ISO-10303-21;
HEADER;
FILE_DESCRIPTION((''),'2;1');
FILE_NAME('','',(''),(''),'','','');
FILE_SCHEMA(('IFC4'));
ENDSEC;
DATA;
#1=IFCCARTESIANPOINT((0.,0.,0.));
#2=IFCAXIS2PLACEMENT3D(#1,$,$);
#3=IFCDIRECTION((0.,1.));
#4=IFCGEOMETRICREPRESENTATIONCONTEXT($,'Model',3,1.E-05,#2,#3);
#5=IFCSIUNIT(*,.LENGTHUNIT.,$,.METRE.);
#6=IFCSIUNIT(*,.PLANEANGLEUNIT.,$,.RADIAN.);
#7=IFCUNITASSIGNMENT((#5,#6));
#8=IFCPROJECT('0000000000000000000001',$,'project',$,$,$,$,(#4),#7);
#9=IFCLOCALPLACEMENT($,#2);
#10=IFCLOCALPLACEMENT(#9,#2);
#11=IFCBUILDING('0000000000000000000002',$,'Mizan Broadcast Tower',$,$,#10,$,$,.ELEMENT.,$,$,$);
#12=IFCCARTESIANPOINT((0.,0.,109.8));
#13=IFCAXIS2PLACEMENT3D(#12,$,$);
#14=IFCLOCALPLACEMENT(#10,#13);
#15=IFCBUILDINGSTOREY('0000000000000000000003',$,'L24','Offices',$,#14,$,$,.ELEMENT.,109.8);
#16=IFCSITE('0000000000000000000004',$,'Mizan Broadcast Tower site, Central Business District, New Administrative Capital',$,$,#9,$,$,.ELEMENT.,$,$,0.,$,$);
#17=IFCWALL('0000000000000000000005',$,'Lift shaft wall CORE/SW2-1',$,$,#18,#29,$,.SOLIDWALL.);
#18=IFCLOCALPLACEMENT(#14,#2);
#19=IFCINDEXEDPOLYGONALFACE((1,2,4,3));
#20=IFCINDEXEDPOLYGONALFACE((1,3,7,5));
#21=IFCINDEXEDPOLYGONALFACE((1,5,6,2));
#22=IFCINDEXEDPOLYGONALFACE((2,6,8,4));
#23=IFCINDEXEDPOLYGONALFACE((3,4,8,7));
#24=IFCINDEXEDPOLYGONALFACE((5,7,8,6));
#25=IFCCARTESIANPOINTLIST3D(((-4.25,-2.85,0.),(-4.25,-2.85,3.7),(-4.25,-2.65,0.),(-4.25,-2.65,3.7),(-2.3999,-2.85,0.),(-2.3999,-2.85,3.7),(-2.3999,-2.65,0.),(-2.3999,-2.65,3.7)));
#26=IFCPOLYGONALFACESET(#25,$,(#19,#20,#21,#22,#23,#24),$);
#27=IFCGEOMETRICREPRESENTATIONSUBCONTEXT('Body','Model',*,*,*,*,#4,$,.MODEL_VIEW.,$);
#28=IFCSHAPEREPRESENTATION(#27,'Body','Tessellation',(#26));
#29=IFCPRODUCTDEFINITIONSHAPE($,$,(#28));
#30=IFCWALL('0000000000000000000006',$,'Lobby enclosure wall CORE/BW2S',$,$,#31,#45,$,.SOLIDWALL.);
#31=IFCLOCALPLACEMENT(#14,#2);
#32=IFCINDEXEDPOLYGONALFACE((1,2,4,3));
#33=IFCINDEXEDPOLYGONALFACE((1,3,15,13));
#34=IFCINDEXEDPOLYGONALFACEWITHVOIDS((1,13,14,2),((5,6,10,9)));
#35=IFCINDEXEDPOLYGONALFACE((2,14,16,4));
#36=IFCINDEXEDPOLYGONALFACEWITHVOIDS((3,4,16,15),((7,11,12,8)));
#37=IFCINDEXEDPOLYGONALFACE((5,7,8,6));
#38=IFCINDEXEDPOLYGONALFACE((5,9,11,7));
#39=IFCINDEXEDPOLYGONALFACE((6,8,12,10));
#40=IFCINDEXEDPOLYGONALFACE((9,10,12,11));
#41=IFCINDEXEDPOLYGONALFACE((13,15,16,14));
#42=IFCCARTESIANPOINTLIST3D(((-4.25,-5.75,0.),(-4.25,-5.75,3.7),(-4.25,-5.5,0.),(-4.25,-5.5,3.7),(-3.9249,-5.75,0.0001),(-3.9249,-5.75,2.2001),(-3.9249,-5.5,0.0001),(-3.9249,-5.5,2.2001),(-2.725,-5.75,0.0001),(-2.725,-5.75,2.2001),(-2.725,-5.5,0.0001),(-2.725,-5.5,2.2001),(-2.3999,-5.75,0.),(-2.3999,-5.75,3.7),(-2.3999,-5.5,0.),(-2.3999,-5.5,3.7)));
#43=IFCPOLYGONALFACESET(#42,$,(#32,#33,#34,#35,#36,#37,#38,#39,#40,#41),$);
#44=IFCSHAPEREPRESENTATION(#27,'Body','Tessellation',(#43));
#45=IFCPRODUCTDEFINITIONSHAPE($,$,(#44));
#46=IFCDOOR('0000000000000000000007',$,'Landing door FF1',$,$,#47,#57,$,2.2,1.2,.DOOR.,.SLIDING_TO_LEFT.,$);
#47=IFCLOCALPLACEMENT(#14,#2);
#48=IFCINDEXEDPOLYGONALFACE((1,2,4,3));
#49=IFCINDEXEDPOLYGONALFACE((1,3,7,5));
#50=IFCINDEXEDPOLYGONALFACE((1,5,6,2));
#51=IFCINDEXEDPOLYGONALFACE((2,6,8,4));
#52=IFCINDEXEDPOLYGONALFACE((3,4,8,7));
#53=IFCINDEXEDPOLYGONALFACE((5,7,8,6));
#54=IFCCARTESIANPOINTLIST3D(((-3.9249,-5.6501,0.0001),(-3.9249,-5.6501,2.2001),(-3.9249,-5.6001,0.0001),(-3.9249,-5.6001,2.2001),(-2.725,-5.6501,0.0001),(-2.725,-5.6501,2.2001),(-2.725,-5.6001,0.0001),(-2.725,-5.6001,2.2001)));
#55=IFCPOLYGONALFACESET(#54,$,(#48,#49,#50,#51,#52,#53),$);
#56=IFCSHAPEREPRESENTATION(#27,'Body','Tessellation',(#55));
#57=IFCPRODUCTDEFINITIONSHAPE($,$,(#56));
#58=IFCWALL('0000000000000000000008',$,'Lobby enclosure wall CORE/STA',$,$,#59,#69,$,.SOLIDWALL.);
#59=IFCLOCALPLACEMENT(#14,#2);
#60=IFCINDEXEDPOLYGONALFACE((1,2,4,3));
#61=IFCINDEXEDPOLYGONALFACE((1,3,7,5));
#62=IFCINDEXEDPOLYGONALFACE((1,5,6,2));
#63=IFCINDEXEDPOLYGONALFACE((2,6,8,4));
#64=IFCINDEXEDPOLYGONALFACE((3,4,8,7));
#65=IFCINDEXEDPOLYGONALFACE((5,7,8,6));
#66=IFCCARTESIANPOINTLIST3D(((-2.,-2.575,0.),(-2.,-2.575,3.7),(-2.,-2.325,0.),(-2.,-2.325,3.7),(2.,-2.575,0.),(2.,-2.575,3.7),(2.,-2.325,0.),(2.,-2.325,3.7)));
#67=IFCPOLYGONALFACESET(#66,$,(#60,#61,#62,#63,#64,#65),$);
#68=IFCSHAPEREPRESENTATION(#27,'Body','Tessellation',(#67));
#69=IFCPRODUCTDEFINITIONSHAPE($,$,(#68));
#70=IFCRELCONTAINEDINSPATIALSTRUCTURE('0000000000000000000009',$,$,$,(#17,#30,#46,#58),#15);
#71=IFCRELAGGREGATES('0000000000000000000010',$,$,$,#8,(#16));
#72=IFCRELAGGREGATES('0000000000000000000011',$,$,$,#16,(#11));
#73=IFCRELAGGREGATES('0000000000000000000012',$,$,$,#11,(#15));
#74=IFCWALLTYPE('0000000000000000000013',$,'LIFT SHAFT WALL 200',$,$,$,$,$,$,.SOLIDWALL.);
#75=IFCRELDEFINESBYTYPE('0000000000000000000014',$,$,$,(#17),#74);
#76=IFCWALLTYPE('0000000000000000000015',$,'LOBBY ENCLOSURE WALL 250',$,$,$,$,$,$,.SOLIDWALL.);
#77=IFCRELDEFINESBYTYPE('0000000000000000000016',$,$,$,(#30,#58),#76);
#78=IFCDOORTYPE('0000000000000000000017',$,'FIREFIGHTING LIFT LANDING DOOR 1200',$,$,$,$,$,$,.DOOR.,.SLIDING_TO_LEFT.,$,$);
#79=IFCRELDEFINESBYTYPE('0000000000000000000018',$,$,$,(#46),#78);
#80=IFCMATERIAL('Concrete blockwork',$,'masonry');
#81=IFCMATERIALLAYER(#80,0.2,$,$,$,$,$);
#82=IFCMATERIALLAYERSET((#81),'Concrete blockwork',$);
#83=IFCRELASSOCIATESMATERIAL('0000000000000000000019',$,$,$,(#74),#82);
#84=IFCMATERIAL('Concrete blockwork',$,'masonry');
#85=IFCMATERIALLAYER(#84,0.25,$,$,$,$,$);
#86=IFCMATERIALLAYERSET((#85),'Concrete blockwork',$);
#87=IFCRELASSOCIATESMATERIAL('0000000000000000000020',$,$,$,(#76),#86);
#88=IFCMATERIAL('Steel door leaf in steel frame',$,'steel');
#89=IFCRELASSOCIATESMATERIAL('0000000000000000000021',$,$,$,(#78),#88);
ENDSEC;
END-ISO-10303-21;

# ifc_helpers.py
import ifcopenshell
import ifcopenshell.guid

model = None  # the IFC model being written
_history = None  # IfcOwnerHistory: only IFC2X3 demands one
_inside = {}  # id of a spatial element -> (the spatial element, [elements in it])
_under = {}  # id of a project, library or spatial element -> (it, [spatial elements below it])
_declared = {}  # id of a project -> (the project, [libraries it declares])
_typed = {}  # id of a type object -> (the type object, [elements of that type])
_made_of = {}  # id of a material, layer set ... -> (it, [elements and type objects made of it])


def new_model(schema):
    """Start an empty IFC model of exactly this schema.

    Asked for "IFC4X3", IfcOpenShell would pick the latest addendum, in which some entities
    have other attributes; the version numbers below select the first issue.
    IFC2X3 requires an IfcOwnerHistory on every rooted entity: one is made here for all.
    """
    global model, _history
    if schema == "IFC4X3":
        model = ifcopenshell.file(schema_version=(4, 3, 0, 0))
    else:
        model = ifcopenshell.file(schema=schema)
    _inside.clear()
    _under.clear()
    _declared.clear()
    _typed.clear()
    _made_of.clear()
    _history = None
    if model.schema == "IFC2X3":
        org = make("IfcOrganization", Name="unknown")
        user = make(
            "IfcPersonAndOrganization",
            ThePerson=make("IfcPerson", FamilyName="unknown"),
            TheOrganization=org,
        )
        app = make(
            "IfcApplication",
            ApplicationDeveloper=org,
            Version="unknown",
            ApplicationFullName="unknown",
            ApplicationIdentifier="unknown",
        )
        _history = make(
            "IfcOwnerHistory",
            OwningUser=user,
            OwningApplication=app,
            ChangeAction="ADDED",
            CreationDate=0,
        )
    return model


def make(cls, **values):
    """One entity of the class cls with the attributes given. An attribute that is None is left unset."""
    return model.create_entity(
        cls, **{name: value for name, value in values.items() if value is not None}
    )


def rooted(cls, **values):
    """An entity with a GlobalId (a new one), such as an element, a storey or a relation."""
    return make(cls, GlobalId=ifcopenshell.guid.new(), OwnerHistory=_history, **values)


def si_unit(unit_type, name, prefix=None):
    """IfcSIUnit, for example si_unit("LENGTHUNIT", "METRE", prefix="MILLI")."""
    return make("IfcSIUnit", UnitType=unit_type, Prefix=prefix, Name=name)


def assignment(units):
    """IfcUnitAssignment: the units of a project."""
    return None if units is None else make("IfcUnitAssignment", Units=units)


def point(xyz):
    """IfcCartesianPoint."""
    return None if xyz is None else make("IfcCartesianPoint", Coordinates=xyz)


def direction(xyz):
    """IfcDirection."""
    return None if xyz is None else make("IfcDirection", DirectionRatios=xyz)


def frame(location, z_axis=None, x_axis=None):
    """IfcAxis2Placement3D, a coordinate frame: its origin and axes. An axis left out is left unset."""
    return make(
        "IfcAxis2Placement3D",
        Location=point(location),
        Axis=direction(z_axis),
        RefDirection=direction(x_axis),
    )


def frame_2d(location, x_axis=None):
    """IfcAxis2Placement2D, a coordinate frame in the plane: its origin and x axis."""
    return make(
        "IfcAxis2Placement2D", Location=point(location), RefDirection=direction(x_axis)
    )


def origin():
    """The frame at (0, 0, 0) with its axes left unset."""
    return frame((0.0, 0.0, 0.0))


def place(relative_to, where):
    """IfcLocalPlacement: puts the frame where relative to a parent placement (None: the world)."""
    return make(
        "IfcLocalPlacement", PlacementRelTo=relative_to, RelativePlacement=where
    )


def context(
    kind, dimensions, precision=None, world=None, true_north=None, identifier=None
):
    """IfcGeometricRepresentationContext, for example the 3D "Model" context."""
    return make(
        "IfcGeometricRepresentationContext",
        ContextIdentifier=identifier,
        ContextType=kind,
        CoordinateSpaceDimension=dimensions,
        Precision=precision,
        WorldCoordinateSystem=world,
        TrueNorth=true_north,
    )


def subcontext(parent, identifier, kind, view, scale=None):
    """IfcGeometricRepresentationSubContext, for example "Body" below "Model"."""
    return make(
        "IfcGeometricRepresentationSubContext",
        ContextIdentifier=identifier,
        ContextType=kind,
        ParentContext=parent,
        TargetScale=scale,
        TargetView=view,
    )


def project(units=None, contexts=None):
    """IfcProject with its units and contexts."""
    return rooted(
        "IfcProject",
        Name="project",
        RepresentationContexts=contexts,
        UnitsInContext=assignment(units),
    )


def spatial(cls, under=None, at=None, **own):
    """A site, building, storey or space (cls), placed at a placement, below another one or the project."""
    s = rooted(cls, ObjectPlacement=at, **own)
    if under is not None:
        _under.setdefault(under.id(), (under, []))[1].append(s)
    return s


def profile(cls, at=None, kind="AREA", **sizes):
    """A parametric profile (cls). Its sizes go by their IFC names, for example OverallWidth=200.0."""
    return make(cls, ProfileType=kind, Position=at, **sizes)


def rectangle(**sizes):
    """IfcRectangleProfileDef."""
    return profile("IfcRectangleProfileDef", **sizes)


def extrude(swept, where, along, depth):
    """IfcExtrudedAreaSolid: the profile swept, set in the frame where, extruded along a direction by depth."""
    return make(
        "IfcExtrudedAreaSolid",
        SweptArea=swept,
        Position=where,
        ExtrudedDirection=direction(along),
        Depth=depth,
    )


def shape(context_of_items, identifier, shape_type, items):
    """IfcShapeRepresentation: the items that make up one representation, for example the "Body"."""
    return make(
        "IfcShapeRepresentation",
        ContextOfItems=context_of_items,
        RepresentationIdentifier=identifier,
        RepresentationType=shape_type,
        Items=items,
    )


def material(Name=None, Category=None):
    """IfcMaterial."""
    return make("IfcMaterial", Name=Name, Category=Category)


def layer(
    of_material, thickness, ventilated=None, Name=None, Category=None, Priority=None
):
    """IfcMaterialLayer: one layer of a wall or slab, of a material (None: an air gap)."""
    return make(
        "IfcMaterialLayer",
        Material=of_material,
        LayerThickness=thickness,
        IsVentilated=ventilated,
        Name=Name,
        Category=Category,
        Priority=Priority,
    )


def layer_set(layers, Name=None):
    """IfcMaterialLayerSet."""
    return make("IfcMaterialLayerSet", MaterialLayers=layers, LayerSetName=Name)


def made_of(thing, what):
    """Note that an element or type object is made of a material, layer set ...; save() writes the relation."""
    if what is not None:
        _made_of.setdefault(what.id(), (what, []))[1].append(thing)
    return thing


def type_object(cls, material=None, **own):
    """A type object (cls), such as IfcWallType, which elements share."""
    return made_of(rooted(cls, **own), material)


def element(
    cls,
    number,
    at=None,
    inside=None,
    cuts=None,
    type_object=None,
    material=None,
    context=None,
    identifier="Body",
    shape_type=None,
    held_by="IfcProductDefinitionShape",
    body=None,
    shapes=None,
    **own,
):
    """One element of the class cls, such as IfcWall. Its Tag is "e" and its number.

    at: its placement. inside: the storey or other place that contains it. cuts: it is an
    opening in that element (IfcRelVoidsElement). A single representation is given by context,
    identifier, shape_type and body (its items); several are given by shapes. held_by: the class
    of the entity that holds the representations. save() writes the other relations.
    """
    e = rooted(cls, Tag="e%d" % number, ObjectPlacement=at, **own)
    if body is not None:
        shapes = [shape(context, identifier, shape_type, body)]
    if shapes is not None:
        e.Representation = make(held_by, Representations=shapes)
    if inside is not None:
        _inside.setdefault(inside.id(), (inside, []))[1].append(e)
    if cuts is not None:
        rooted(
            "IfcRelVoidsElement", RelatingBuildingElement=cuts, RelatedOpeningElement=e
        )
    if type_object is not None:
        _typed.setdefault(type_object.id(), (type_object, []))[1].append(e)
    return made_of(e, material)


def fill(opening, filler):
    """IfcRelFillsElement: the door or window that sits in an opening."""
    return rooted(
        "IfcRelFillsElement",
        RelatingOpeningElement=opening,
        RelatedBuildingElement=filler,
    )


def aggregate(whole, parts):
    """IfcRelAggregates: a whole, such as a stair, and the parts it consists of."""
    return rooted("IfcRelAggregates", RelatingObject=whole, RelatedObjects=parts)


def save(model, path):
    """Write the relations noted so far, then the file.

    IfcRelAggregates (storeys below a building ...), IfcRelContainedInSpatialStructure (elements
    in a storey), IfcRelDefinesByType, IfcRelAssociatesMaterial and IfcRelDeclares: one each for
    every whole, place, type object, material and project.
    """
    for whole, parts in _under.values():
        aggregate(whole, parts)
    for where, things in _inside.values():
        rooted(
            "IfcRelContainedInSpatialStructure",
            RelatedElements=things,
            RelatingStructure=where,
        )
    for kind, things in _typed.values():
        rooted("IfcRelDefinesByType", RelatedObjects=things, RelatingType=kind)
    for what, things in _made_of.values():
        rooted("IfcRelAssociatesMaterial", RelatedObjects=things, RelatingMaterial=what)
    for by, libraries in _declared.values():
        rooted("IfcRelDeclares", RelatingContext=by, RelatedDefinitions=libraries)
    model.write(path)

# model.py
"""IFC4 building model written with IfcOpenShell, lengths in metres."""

from ifc_helpers import new_model, si_unit, direction, frame, frame_2d, origin, place, context, subcontext, project, spatial, rectangle, extrude, material, layer, layer_set, type_object, element, fill, save


model = new_model("IFC4")

# Units and contexts
model_context = context("Model", 3, precision=1e-05, world=origin(), true_north=direction((0.0, 1.0)))
body_context = subcontext(model_context, "Body", "Model", "MODEL_VIEW")
ifc_project = project(units=[si_unit("LENGTHUNIT", "METRE"), si_unit("PLANEANGLEUNIT", "RADIAN")], contexts=[model_context])

# Site, building, storey
site_placement = place(None, origin())
site = spatial("IfcSite", under=ifc_project, at=site_placement, Name="Mizan Broadcast Tower site, Central Business District, New Administrative Capital", CompositionType="ELEMENT", RefElevation=0.0)
building_placement = place(site_placement, origin())
building = spatial("IfcBuilding", under=site, at=building_placement, Name="Mizan Broadcast Tower", CompositionType="ELEMENT")
storey_placement = place(building_placement, frame((0.0, 0.0, 109.8)))
storey = spatial("IfcBuildingStorey", under=building, at=storey_placement, Name="L24", Description="Offices", CompositionType="ELEMENT", Elevation=109.8)

# Wall
ifc_material_1 = material(Name="Concrete blockwork", Category="masonry")
ifc_layer_1 = layer(ifc_material_1, 0.2)
ifc_layer_set_1 = layer_set([ifc_layer_1], Name="Concrete blockwork")
wall_type_1 = type_object("IfcWallType", Name="LIFT SHAFT WALL 200", PredefinedType="SOLIDWALL", material=ifc_layer_set_1)
wall_1_placement = place(storey_placement, frame((-4.25, -2.75, 0.0), z_axis=(0.0, 0.0, 1.0), x_axis=(1.0, 0.0, 0.0)))
element("IfcWall", 1, at=wall_1_placement, inside=storey, type_object=wall_type_1, Name="Lift shaft wall CORE/SW2-1", PredefinedType="SOLIDWALL", context=body_context, shape_type="SweptSolid", body=[
    extrude(rectangle(XDim=1.8501, YDim=0.2, at=frame_2d((0.925, 0.0))), origin(), (0.0, 0.0, 1.0), 3.7),
])

# Wall, opening, door
ifc_material_2 = material(Name="Concrete blockwork", Category="masonry")
ifc_layer_2 = layer(ifc_material_2, 0.25)
ifc_layer_set_2 = layer_set([ifc_layer_2], Name="Concrete blockwork")
wall_type_2 = type_object("IfcWallType", Name="LOBBY ENCLOSURE WALL 250", PredefinedType="SOLIDWALL", material=ifc_layer_set_2)
wall_2_placement = place(storey_placement, frame((-4.25, -5.625, 0.0), z_axis=(0.0, 0.0, 1.0), x_axis=(1.0, 0.0, 0.0)))
wall_2 = element("IfcWall", 2, at=wall_2_placement, inside=storey, type_object=wall_type_2, Name="Lobby enclosure wall CORE/BW2S", PredefinedType="SOLIDWALL", context=body_context, shape_type="SweptSolid", body=[
    extrude(rectangle(XDim=1.8501, YDim=0.25, at=frame_2d((0.925, 0.0))), origin(), (0.0, 0.0, 1.0), 3.7),
])
opening_1_placement = place(wall_2_placement, frame((0.325, 0.0, 0.0)))
opening_1 = element("IfcOpeningElement", 3, at=opening_1_placement, cuts=wall_2, PredefinedType="OPENING", context=body_context, shape_type="SweptSolid", body=[
    extrude(rectangle(XDim=1.2, YDim=2.2, at=frame_2d((0.6001, 1.1001))), frame((0.0, 0.135, 0.0), z_axis=(0.0, -1.0, 0.0), x_axis=(1.0, 0.0, 0.0)), (0.0, 0.0, 1.0), 0.27),
])
ifc_material_3 = material(Name="Steel door leaf in steel frame", Category="steel")
door_type_1 = type_object("IfcDoorType", Name="FIREFIGHTING LIFT LANDING DOOR 1200", OperationType="SLIDING_TO_LEFT", PredefinedType="DOOR", material=ifc_material_3)
door_1_placement = place(opening_1_placement, origin())
door_1 = element("IfcDoor", 4, at=door_1_placement, inside=storey, type_object=door_type_1, Name="Landing door FF1", OperationType="SLIDING_TO_LEFT", OverallHeight=2.2, OverallWidth=1.2, PredefinedType="DOOR", context=body_context, shape_type="SweptSolid", body=[
    extrude(rectangle(XDim=1.2, YDim=2.2, at=frame_2d((0.6001, 1.1001))), frame((0.0, 0.0249, 0.0), z_axis=(0.0, -1.0, 0.0), x_axis=(1.0, 0.0, 0.0)), (0.0, 0.0, 1.0), 0.05),
])
fill(opening_1, door_1)

# Wall
wall_3_placement = place(storey_placement, frame((-2.0, -2.45, 0.0), z_axis=(0.0, 0.0, 1.0), x_axis=(1.0, 0.0, 0.0)))
element("IfcWall", 5, at=wall_3_placement, inside=storey, type_object=wall_type_2, Name="Lobby enclosure wall CORE/STA", PredefinedType="SOLIDWALL", context=body_context, shape_type="SweptSolid", body=[
    extrude(rectangle(XDim=4.0, YDim=0.25, at=frame_2d((2.0, 0.0))), origin(), (0.0, 0.0, 1.0), 3.7),
])

save(model, "model.ifc")
